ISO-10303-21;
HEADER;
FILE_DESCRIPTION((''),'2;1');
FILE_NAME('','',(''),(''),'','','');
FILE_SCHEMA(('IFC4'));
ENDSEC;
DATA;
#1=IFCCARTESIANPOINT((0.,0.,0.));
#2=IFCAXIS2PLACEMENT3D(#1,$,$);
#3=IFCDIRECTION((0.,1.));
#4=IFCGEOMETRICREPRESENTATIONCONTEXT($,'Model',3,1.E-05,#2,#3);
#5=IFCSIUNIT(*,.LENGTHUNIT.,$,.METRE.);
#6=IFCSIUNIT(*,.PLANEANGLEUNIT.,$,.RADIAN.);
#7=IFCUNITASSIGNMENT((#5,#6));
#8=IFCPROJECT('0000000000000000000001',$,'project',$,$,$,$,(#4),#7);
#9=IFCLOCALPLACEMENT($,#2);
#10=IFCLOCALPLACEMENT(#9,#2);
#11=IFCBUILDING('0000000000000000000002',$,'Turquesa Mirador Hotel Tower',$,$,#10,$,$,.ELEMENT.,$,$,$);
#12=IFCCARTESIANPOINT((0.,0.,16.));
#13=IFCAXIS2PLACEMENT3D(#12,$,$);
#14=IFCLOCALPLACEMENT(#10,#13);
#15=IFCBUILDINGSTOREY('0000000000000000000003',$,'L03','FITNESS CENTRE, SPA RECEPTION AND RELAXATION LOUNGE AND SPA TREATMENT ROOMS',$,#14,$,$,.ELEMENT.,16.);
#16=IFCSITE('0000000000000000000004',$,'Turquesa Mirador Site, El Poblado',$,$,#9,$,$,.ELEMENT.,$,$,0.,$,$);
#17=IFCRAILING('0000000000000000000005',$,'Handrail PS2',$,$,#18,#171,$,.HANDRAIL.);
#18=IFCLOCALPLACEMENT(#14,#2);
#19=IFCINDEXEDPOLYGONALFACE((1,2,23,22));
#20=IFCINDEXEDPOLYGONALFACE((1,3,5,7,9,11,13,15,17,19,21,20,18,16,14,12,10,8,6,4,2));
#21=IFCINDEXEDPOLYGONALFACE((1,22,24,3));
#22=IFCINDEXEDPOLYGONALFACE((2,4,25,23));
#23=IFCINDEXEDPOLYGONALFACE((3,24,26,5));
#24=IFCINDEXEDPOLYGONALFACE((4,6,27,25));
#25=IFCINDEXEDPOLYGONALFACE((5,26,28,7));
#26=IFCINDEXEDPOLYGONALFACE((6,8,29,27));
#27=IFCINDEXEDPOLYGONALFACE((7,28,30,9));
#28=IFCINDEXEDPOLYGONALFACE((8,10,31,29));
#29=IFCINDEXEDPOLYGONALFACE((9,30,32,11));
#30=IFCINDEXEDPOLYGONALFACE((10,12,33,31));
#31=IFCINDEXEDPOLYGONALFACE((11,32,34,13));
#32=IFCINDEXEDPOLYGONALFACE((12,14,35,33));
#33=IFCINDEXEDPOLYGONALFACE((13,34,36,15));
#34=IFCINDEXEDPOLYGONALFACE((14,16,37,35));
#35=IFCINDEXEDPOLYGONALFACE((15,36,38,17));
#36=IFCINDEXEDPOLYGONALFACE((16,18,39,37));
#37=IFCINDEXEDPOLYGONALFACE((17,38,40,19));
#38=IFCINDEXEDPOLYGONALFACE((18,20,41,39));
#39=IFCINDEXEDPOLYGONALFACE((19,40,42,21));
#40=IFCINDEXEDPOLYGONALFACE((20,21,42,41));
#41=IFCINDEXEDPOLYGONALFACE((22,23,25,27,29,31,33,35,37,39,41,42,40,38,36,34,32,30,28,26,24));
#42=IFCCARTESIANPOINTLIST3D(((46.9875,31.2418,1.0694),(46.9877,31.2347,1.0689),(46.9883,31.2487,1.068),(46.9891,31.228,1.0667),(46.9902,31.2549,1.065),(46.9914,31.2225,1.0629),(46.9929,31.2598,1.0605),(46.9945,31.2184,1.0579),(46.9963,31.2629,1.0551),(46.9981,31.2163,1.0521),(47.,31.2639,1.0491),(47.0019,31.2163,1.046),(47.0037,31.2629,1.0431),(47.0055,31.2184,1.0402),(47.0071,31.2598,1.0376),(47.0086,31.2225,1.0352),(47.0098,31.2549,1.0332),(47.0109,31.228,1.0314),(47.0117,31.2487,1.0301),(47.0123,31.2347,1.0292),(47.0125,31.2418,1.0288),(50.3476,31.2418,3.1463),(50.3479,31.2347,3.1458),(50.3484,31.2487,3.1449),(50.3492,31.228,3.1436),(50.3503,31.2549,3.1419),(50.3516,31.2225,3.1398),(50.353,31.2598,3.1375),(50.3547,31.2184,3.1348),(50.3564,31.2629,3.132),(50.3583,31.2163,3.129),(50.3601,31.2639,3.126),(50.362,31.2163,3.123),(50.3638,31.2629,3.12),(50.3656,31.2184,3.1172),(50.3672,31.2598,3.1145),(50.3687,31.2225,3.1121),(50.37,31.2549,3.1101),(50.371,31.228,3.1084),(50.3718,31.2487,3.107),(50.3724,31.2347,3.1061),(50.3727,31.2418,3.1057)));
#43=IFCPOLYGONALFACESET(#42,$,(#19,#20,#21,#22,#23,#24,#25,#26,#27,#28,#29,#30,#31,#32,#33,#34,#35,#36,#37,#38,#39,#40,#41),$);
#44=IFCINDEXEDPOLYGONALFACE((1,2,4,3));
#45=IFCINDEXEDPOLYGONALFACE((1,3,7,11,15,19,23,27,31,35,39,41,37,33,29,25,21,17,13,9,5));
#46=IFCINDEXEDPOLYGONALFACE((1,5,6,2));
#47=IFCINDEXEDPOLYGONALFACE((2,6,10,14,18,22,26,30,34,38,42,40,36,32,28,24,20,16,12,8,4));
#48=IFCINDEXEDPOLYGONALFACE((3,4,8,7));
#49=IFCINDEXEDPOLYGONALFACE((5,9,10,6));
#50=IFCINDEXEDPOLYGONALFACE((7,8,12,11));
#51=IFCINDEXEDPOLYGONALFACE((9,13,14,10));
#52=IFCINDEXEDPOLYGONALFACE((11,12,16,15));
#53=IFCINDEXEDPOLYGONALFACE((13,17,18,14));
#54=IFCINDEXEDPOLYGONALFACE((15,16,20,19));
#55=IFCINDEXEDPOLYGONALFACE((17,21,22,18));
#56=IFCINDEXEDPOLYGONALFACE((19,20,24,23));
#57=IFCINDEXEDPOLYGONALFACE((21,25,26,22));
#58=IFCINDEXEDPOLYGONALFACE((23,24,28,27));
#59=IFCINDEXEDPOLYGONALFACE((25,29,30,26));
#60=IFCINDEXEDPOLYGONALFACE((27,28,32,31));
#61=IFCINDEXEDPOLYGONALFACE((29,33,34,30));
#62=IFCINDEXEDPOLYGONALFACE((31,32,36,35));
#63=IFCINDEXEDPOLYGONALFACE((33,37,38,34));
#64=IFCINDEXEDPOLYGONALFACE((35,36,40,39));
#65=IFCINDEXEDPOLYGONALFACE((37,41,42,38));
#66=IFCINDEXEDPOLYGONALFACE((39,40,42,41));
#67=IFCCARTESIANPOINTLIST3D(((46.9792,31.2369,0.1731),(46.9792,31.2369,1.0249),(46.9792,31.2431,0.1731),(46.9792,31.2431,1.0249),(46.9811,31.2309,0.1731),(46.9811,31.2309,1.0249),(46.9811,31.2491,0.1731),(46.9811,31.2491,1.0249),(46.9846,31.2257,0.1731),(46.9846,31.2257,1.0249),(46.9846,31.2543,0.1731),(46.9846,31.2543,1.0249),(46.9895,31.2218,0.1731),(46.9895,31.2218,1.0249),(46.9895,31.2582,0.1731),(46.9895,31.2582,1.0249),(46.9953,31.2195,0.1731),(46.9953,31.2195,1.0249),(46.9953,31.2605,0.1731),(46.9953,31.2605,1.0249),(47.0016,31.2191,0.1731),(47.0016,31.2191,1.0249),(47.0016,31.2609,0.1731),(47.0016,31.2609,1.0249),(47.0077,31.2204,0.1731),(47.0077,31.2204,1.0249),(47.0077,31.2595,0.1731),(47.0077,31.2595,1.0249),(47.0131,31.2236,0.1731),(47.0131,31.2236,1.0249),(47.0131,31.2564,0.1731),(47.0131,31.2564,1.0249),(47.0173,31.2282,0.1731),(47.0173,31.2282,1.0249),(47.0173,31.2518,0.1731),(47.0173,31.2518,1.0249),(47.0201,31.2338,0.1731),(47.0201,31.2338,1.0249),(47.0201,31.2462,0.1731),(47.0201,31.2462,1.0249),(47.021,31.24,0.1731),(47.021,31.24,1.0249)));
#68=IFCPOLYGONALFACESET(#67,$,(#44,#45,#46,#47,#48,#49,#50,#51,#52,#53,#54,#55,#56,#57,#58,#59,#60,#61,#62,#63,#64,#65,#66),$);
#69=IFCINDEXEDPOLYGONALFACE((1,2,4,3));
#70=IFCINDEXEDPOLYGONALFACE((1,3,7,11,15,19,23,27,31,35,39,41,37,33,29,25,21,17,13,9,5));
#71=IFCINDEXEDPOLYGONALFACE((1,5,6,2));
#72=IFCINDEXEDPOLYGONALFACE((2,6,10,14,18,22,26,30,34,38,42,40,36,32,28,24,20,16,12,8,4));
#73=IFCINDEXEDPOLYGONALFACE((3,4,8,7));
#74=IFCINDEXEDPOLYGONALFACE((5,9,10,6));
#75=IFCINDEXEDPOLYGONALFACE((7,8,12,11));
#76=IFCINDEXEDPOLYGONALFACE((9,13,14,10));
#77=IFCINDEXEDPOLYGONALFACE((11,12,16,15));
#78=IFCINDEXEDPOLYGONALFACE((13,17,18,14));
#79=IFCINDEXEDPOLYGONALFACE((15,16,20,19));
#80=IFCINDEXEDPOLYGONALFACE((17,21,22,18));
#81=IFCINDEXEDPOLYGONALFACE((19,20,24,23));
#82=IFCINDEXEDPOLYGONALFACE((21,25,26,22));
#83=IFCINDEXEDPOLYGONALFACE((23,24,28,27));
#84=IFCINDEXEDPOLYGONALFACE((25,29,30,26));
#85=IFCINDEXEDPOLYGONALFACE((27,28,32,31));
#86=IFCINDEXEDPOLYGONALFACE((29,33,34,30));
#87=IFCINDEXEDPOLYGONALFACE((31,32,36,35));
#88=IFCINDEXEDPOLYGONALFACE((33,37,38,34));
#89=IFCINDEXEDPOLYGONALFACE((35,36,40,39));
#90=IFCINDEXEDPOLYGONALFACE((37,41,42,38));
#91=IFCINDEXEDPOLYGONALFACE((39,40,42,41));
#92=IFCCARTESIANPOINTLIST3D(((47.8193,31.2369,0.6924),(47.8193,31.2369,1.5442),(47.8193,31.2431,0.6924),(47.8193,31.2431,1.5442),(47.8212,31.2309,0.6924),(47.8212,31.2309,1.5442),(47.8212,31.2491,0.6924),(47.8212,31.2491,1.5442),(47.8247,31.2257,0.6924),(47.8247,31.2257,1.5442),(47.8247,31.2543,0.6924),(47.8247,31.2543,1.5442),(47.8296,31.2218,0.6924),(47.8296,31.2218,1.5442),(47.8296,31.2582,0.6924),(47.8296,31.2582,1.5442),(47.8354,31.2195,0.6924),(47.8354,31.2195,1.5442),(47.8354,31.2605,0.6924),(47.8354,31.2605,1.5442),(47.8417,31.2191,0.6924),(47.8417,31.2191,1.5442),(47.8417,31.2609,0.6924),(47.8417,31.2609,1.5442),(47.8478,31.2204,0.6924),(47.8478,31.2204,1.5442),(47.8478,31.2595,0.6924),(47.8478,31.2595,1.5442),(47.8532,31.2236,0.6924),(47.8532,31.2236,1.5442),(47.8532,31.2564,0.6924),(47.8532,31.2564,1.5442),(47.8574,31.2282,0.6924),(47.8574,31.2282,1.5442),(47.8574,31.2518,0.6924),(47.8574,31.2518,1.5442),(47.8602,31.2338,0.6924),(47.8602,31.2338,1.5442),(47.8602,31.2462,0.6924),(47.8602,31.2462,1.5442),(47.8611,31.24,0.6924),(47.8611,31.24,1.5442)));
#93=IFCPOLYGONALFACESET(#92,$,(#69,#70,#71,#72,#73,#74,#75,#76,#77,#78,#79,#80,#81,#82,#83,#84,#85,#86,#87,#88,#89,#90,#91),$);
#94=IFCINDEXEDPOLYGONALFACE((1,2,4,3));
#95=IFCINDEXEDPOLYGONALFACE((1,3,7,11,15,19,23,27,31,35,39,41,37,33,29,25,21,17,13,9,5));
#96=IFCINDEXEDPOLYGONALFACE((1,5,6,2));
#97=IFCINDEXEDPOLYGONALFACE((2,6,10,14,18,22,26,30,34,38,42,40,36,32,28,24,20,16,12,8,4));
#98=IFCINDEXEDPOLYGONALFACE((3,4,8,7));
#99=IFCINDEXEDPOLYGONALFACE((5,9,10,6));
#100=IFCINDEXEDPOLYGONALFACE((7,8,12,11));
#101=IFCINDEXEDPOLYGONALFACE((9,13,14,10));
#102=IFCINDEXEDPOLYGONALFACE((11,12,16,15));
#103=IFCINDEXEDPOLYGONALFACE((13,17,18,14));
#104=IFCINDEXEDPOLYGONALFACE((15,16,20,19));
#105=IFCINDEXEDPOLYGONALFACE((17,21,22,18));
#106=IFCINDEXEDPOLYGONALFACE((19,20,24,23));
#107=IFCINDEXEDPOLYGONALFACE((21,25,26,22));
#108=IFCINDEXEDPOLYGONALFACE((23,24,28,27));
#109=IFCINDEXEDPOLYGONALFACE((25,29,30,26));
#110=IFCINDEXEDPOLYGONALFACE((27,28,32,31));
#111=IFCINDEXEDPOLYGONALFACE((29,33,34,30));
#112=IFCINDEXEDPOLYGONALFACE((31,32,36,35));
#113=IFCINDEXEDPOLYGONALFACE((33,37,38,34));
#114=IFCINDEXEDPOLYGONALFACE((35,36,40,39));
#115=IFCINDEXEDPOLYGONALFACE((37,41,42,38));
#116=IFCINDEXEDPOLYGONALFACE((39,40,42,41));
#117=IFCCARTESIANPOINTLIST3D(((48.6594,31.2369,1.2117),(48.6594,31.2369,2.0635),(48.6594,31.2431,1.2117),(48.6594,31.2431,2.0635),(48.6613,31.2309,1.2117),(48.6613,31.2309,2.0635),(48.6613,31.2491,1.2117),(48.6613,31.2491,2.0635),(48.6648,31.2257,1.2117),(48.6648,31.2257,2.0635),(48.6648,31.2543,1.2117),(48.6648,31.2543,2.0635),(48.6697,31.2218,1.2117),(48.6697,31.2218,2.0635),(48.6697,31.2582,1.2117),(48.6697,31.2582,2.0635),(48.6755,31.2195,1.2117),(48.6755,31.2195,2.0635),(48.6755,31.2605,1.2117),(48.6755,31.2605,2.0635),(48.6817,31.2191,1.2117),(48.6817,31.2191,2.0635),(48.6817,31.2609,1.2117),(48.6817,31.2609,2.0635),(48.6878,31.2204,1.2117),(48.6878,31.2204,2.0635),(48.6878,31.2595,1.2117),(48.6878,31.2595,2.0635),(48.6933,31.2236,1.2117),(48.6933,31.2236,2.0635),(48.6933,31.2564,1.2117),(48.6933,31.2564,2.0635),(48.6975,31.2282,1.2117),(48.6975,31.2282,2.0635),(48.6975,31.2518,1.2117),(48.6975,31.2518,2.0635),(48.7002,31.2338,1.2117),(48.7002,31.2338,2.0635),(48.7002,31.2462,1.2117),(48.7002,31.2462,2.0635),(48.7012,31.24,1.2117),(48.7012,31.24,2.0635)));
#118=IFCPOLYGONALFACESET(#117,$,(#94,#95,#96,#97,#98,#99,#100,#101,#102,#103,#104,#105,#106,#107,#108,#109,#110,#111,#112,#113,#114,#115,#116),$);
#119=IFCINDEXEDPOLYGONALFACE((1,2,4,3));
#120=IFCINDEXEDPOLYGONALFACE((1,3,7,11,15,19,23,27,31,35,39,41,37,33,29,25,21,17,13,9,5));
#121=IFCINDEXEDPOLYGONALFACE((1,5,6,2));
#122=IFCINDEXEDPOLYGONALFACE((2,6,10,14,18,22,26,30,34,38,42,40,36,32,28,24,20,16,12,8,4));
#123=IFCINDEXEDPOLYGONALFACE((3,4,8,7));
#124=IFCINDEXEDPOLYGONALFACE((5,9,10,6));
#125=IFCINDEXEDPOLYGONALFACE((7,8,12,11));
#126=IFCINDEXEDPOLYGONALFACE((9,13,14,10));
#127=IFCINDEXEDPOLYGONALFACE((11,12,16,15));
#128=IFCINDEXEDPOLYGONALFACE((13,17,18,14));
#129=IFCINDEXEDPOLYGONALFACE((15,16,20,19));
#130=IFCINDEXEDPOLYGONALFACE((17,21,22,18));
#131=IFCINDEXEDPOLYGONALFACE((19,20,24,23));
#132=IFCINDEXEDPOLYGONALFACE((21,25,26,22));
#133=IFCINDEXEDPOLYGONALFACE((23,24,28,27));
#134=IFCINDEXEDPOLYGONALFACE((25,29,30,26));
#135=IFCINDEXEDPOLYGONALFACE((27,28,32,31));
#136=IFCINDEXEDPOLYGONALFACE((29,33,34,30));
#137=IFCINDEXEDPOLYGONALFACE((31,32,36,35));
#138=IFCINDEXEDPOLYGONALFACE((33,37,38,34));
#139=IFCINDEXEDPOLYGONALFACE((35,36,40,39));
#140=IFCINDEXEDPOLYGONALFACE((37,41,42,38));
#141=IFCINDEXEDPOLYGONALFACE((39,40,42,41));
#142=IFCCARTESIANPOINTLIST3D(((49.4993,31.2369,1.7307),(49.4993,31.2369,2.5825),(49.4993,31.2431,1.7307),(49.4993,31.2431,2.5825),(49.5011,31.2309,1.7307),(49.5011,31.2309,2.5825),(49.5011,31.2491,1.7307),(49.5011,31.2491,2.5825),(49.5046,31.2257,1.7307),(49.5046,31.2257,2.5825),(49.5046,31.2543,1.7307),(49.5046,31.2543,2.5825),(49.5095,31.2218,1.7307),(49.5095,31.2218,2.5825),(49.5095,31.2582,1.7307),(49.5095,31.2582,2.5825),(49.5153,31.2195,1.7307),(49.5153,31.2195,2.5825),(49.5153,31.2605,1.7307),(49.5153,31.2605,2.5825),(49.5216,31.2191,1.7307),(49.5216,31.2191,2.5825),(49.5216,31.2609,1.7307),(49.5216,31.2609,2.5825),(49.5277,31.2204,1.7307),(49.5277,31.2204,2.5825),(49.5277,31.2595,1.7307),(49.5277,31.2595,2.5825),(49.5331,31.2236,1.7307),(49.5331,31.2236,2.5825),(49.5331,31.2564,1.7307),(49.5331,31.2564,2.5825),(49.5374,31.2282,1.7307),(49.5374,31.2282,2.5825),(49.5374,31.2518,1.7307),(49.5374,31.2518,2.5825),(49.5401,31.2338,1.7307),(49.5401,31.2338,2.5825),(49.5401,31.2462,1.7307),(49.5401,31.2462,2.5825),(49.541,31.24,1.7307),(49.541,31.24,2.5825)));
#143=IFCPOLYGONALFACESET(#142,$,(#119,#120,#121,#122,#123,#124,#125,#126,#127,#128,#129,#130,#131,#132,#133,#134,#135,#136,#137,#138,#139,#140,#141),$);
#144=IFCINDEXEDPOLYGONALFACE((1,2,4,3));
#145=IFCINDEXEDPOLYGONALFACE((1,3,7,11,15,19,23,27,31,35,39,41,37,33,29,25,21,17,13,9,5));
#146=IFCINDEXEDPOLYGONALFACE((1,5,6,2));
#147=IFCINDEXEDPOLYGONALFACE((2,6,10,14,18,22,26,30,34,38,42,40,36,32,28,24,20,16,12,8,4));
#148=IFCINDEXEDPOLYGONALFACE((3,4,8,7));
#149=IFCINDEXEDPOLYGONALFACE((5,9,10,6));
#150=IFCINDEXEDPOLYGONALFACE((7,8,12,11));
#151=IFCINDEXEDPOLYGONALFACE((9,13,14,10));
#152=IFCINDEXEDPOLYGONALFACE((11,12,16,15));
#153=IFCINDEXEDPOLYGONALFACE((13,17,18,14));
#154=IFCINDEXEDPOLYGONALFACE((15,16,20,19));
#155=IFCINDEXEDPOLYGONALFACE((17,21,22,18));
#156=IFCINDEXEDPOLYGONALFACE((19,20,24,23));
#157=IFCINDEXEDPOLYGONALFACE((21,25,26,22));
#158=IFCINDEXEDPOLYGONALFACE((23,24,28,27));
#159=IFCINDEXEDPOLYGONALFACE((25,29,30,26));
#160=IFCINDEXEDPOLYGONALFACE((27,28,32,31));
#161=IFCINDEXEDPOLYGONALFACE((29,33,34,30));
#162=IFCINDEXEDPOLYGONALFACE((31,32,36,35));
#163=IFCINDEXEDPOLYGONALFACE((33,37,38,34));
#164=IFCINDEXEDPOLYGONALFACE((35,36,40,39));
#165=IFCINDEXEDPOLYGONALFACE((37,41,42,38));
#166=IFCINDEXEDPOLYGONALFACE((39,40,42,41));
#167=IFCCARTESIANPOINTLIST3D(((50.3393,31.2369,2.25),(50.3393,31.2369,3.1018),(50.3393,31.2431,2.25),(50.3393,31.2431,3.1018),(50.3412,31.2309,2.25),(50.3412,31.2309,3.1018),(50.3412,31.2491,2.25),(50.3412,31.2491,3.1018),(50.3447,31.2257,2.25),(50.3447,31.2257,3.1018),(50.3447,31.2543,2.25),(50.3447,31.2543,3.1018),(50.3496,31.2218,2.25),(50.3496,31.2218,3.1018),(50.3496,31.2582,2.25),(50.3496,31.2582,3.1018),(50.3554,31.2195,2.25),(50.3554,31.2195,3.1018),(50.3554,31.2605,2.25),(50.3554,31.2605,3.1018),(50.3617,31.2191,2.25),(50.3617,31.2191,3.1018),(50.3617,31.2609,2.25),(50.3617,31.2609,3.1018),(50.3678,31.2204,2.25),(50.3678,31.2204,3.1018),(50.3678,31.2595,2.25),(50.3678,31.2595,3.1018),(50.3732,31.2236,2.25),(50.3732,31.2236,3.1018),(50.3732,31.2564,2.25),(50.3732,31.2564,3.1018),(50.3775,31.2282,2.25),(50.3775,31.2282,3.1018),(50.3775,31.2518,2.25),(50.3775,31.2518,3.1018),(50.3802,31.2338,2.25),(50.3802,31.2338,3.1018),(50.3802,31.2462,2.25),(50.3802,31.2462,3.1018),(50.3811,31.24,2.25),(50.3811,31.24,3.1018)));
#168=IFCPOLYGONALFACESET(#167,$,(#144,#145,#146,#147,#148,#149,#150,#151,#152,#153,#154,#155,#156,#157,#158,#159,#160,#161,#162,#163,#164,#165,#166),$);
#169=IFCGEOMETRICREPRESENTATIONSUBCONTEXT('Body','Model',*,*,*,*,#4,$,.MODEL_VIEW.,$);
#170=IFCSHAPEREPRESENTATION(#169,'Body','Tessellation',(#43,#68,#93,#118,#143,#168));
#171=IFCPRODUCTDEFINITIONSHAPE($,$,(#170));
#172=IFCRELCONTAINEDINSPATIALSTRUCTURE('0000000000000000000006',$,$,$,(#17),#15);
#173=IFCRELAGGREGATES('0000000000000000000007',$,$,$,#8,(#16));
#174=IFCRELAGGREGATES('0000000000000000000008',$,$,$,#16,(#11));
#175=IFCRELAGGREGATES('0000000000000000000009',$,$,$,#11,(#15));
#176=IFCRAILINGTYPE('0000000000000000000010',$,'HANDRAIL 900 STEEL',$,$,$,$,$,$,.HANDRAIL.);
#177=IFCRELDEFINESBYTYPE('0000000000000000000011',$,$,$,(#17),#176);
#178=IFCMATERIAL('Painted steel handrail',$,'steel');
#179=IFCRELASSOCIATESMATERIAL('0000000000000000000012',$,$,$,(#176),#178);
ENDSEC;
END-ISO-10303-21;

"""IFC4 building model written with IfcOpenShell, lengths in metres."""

from ifc_helpers import new_model, si_unit, direction, frame, origin, origin_2d, place, context, subcontext, project, spatial, circle, extrude, material, type_object, element, save


model = new_model("IFC4")

# Units and contexts
model_context = context("Model", 3, precision=1e-05, world=origin(), true_north=direction((0.0, 1.0)))
body_context = subcontext(model_context, "Body", "Model", "MODEL_VIEW")
ifc_project = project(units=[si_unit("LENGTHUNIT", "METRE"), si_unit("PLANEANGLEUNIT", "RADIAN")], contexts=[model_context])

# Site, building, storey
site_placement = place(None, origin())
site = spatial("IfcSite", under=ifc_project, at=site_placement, Name="Turquesa Mirador Site, El Poblado", CompositionType="ELEMENT", RefElevation=0.0)
building_placement = place(site_placement, origin())
building = spatial("IfcBuilding", under=site, at=building_placement, Name="Turquesa Mirador Hotel Tower", CompositionType="ELEMENT")
storey_placement = place(building_placement, frame((0.0, 0.0, 16.0)))
storey = spatial("IfcBuildingStorey", under=building, at=storey_placement, Name="L03", Description="FITNESS CENTRE, SPA RECEPTION AND RELAXATION LOUNGE AND SPA TREATMENT ROOMS", CompositionType="ELEMENT", Elevation=16.0)

# Railing
ifc_material_1 = material(Name="Painted steel handrail", Category="steel")
railing_type = type_object("IfcRailingType", Name="HANDRAIL 900 STEEL", PredefinedType="HANDRAIL", material=ifc_material_1)
railing_placement = place(storey_placement, frame((47.0, 31.24, 0.1731)))
element("IfcRailing", 1, at=railing_placement, inside=storey, type_object=railing_type, Name="Handrail PS2", PredefinedType="HANDRAIL", context=body_context, shape_type="SweptSolid", body=[
    extrude(circle(Radius=0.0239, at=origin_2d()), frame((0.0, 0.0, 0.876), z_axis=(0.850623, 0.0, 0.525776), x_axis=(0.0, 1.0, 0.0)), (0.0, 0.0, 1.0), 3.9502),
    extrude(circle(Radius=0.021, at=origin_2d()), origin(), (0.0, 0.0, 1.0), 0.8518),
    extrude(circle(Radius=0.021, at=origin_2d()), frame((0.8401, 0.0, 0.5193)), (0.0, 0.0, 1.0), 0.8518),
    extrude(circle(Radius=0.021, at=origin_2d()), frame((1.6802, 0.0, 1.0386)), (0.0, 0.0, 1.0), 0.8518),
    extrude(circle(Radius=0.021, at=origin_2d()), frame((2.52, 0.0, 1.5576)), (0.0, 0.0, 1.0), 0.8518),
    extrude(circle(Radius=0.021, at=origin_2d()), frame((3.3601, 0.0, 2.0769)), (0.0, 0.0, 1.0), 0.8518),
])

save(model, "model.ifc")
